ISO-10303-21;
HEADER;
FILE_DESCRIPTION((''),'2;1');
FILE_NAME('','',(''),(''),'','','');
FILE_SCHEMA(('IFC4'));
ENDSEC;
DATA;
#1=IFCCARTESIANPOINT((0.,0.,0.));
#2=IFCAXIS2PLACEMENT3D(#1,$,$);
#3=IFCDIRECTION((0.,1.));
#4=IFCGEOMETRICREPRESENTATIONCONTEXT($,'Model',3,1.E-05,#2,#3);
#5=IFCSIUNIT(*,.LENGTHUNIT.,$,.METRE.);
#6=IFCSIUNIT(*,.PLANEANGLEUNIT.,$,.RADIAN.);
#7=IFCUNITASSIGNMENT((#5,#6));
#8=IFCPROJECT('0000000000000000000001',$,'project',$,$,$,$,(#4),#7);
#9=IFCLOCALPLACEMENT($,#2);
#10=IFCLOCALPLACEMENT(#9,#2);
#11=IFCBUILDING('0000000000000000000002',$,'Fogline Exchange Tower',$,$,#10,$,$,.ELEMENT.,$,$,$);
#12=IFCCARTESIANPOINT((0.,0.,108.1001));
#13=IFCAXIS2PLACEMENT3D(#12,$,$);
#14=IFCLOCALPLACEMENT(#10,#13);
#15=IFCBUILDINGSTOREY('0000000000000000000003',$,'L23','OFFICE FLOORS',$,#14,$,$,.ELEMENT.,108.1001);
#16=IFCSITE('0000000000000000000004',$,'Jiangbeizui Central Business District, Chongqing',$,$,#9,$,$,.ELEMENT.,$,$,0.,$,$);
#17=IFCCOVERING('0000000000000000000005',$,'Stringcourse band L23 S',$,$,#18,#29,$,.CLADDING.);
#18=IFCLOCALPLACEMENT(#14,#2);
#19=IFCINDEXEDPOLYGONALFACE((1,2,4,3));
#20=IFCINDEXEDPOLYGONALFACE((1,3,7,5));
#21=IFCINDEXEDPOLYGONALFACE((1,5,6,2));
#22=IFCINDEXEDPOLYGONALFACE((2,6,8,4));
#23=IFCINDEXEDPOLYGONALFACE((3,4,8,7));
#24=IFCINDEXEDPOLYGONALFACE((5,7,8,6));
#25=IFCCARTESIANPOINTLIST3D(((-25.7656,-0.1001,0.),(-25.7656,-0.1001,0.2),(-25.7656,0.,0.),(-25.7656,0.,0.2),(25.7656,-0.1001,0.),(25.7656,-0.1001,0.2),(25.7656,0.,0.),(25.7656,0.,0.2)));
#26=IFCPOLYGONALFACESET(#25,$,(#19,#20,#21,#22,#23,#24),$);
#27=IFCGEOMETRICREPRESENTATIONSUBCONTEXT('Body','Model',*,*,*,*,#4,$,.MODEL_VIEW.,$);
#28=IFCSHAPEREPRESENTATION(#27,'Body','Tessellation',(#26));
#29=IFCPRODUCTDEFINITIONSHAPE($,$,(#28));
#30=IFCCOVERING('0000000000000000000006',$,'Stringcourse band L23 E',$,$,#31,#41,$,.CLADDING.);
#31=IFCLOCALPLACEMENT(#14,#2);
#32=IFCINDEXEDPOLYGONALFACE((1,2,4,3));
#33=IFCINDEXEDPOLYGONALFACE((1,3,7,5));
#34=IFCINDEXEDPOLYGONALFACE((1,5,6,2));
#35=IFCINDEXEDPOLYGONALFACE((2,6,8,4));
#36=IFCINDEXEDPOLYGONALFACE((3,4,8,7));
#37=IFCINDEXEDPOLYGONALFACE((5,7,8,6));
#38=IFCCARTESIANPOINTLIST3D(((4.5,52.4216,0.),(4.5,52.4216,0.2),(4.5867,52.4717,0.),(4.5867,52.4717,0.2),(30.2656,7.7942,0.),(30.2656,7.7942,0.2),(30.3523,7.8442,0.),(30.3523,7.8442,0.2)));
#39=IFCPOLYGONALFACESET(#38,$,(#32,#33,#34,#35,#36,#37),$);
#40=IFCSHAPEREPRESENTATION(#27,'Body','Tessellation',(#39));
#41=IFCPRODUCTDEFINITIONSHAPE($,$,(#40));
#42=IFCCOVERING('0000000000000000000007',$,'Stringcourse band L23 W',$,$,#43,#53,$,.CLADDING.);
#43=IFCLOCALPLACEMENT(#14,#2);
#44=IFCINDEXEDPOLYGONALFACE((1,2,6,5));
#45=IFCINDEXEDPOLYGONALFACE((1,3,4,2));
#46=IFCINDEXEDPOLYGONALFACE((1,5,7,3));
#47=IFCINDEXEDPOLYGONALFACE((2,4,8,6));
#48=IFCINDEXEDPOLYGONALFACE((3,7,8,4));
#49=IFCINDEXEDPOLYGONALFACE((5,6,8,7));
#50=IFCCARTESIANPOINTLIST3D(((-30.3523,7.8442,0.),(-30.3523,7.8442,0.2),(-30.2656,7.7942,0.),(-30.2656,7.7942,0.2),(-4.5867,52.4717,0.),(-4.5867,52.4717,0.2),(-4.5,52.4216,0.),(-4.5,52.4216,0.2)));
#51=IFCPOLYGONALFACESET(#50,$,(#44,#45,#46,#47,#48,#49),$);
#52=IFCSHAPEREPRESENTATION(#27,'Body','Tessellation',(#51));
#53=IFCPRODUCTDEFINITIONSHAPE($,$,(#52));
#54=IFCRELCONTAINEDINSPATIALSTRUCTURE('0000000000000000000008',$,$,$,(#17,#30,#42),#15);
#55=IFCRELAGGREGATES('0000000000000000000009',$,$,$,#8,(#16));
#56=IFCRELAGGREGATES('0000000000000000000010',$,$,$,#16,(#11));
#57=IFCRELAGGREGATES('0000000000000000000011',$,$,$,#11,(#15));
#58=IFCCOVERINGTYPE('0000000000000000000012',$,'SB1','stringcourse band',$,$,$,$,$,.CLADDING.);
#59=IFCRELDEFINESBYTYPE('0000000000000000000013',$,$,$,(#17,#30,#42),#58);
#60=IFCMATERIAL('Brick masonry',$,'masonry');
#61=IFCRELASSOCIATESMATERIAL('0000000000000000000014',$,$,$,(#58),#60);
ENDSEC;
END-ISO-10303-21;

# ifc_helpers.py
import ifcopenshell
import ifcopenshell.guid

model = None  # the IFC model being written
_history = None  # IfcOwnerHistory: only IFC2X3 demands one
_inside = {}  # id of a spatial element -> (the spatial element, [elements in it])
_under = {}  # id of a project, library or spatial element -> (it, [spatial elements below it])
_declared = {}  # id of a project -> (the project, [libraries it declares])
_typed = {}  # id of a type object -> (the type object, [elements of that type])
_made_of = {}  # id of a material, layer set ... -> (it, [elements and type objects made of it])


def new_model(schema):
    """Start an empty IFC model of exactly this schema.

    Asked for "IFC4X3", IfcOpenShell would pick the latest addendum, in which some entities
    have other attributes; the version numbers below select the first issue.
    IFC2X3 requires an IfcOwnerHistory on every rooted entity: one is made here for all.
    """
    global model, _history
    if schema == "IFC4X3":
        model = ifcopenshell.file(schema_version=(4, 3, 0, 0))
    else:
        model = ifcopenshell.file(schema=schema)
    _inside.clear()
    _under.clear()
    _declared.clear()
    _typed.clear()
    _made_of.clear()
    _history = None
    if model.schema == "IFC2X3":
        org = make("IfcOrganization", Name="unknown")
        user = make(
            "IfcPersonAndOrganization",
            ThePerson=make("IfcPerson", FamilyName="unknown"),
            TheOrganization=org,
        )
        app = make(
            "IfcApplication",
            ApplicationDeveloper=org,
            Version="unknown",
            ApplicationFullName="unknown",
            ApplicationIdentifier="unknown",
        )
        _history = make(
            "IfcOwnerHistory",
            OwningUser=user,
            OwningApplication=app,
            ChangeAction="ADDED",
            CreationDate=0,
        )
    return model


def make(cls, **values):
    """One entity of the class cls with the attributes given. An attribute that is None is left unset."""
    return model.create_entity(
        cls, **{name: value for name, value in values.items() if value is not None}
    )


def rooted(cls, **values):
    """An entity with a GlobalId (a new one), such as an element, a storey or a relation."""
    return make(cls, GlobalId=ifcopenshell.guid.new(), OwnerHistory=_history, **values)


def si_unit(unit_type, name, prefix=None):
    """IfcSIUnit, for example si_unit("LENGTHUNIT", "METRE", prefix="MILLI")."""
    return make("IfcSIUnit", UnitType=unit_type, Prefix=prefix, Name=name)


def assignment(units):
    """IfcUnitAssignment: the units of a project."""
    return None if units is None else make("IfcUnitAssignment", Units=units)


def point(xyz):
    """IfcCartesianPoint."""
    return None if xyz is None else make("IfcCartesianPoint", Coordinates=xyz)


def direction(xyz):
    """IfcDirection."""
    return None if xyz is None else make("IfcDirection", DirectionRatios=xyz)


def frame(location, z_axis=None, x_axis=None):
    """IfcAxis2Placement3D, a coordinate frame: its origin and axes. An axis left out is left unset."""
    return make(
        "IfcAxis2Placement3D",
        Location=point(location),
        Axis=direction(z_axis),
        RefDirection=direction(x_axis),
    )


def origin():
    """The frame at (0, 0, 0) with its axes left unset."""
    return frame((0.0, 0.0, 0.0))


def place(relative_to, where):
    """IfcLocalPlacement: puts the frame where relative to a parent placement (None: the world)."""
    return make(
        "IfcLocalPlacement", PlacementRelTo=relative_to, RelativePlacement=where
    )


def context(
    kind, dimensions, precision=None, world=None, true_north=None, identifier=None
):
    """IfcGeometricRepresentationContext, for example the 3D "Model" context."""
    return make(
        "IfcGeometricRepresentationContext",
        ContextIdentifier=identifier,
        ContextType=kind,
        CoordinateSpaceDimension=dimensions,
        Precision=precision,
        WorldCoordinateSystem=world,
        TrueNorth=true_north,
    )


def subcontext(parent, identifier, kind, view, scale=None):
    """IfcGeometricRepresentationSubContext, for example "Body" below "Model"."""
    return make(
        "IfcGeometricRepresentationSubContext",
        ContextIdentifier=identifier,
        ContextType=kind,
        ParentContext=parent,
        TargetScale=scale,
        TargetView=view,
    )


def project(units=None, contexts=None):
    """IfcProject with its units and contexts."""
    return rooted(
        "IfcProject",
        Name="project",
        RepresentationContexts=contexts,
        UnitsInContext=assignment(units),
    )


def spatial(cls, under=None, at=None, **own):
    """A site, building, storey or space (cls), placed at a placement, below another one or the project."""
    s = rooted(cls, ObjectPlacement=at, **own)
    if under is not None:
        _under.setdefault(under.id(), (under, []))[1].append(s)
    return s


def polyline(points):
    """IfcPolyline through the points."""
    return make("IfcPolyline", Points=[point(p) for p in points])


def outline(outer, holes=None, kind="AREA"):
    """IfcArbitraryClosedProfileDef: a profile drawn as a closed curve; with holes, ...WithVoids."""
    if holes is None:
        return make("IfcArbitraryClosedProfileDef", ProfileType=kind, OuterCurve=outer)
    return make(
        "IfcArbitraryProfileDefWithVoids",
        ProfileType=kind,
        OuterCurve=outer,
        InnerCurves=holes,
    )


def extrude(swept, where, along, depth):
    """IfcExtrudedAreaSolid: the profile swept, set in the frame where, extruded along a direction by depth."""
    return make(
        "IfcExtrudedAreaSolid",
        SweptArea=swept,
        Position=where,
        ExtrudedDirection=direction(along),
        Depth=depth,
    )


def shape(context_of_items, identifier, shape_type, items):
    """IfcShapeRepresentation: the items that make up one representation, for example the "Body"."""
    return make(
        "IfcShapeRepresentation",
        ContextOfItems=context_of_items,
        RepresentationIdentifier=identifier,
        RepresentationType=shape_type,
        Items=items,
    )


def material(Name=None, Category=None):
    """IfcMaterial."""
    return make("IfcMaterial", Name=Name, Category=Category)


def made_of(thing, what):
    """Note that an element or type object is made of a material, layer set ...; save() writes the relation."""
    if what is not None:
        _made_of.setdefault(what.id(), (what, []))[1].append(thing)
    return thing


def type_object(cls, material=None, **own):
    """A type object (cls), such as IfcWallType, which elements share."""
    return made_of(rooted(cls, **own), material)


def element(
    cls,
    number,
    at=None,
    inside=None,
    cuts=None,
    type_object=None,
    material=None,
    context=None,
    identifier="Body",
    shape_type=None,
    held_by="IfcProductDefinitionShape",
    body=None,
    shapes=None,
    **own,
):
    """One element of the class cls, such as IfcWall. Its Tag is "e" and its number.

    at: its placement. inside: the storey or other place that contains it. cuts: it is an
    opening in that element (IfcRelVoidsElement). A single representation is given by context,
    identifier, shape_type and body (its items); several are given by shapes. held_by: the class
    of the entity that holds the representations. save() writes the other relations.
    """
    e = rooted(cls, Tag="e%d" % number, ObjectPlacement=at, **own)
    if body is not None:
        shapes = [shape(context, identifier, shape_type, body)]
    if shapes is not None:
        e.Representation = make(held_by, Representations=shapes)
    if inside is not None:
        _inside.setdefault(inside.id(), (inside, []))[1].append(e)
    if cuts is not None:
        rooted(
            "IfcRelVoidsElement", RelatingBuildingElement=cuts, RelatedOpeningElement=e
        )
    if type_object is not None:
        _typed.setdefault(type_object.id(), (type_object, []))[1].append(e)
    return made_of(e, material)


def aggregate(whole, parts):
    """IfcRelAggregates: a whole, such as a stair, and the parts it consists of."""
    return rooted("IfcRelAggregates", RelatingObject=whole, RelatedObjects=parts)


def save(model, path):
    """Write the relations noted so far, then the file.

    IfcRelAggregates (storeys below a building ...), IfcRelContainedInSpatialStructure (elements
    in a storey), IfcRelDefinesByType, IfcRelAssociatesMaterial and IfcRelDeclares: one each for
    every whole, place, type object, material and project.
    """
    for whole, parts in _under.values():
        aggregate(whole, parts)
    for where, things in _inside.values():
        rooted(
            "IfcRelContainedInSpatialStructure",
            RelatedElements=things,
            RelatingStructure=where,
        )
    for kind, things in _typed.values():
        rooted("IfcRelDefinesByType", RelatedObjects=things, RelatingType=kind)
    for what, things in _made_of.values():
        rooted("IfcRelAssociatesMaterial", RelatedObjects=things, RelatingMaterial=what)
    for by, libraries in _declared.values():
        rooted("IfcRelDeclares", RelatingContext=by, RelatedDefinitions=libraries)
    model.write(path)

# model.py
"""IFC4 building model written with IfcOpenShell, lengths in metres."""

from ifc_helpers import new_model, si_unit, direction, frame, origin, place, context, subcontext, project, spatial, polyline, outline, extrude, material, type_object, element, save


model = new_model("IFC4")

# Units and contexts
model_context = context("Model", 3, precision=1e-05, world=origin(), true_north=direction((0.0, 1.0)))
body_context = subcontext(model_context, "Body", "Model", "MODEL_VIEW")
ifc_project = project(units=[si_unit("LENGTHUNIT", "METRE"), si_unit("PLANEANGLEUNIT", "RADIAN")], contexts=[model_context])

# Site, building, storey
site_placement = place(None, origin())
site = spatial("IfcSite", under=ifc_project, at=site_placement, Name="Jiangbeizui Central Business District, Chongqing", CompositionType="ELEMENT", RefElevation=0.0)
building_placement = place(site_placement, origin())
building = spatial("IfcBuilding", under=site, at=building_placement, Name="Fogline Exchange Tower", CompositionType="ELEMENT")
storey_placement = place(building_placement, frame((0.0, 0.0, 108.1001)))
storey = spatial("IfcBuildingStorey", under=building, at=storey_placement, Name="L23", Description="OFFICE FLOORS", CompositionType="ELEMENT", Elevation=108.1001)

# Shared definitions
ifc_material_1 = material(Name="Brick masonry", Category="masonry")

# Coverings
covering_type = type_object("IfcCoveringType", Name="SB1", Description="stringcourse band", PredefinedType="CLADDING", material=ifc_material_1)
covering_1_placement = place(storey_placement, origin())
element("IfcCovering", 1, at=covering_1_placement, inside=storey, type_object=covering_type, Name="Stringcourse band L23 S", PredefinedType="CLADDING", context=body_context, shape_type="SweptSolid", body=[
    extrude(outline(polyline([(-25.7656, 0.0), (-25.7656, -0.1001), (25.7656, -0.1001), (25.7656, 0.0), (-25.7656, 0.0)])), origin(), (0.0, 0.0, 1.0), 0.2),
])
covering_2_placement = place(storey_placement, origin())
element("IfcCovering", 2, at=covering_2_placement, inside=storey, type_object=covering_type, Name="Stringcourse band L23 E", PredefinedType="CLADDING", context=body_context, shape_type="SweptSolid", body=[
    extrude(outline(polyline([(30.2656, 7.7942), (30.3523, 7.8442), (4.5867, 52.4717), (4.5, 52.4216), (30.2656, 7.7942)])), origin(), (0.0, 0.0, 1.0), 0.2),
])
covering_3_placement = place(storey_placement, origin())
element("IfcCovering", 3, at=covering_3_placement, inside=storey, type_object=covering_type, Name="Stringcourse band L23 W", PredefinedType="CLADDING", context=body_context, shape_type="SweptSolid", body=[
    extrude(outline(polyline([(-4.5, 52.4216), (-4.5867, 52.4717), (-30.3523, 7.8442), (-30.2656, 7.7942), (-4.5, 52.4216)])), origin(), (0.0, 0.0, 1.0), 0.2),
])

save(model, "model.ifc")
